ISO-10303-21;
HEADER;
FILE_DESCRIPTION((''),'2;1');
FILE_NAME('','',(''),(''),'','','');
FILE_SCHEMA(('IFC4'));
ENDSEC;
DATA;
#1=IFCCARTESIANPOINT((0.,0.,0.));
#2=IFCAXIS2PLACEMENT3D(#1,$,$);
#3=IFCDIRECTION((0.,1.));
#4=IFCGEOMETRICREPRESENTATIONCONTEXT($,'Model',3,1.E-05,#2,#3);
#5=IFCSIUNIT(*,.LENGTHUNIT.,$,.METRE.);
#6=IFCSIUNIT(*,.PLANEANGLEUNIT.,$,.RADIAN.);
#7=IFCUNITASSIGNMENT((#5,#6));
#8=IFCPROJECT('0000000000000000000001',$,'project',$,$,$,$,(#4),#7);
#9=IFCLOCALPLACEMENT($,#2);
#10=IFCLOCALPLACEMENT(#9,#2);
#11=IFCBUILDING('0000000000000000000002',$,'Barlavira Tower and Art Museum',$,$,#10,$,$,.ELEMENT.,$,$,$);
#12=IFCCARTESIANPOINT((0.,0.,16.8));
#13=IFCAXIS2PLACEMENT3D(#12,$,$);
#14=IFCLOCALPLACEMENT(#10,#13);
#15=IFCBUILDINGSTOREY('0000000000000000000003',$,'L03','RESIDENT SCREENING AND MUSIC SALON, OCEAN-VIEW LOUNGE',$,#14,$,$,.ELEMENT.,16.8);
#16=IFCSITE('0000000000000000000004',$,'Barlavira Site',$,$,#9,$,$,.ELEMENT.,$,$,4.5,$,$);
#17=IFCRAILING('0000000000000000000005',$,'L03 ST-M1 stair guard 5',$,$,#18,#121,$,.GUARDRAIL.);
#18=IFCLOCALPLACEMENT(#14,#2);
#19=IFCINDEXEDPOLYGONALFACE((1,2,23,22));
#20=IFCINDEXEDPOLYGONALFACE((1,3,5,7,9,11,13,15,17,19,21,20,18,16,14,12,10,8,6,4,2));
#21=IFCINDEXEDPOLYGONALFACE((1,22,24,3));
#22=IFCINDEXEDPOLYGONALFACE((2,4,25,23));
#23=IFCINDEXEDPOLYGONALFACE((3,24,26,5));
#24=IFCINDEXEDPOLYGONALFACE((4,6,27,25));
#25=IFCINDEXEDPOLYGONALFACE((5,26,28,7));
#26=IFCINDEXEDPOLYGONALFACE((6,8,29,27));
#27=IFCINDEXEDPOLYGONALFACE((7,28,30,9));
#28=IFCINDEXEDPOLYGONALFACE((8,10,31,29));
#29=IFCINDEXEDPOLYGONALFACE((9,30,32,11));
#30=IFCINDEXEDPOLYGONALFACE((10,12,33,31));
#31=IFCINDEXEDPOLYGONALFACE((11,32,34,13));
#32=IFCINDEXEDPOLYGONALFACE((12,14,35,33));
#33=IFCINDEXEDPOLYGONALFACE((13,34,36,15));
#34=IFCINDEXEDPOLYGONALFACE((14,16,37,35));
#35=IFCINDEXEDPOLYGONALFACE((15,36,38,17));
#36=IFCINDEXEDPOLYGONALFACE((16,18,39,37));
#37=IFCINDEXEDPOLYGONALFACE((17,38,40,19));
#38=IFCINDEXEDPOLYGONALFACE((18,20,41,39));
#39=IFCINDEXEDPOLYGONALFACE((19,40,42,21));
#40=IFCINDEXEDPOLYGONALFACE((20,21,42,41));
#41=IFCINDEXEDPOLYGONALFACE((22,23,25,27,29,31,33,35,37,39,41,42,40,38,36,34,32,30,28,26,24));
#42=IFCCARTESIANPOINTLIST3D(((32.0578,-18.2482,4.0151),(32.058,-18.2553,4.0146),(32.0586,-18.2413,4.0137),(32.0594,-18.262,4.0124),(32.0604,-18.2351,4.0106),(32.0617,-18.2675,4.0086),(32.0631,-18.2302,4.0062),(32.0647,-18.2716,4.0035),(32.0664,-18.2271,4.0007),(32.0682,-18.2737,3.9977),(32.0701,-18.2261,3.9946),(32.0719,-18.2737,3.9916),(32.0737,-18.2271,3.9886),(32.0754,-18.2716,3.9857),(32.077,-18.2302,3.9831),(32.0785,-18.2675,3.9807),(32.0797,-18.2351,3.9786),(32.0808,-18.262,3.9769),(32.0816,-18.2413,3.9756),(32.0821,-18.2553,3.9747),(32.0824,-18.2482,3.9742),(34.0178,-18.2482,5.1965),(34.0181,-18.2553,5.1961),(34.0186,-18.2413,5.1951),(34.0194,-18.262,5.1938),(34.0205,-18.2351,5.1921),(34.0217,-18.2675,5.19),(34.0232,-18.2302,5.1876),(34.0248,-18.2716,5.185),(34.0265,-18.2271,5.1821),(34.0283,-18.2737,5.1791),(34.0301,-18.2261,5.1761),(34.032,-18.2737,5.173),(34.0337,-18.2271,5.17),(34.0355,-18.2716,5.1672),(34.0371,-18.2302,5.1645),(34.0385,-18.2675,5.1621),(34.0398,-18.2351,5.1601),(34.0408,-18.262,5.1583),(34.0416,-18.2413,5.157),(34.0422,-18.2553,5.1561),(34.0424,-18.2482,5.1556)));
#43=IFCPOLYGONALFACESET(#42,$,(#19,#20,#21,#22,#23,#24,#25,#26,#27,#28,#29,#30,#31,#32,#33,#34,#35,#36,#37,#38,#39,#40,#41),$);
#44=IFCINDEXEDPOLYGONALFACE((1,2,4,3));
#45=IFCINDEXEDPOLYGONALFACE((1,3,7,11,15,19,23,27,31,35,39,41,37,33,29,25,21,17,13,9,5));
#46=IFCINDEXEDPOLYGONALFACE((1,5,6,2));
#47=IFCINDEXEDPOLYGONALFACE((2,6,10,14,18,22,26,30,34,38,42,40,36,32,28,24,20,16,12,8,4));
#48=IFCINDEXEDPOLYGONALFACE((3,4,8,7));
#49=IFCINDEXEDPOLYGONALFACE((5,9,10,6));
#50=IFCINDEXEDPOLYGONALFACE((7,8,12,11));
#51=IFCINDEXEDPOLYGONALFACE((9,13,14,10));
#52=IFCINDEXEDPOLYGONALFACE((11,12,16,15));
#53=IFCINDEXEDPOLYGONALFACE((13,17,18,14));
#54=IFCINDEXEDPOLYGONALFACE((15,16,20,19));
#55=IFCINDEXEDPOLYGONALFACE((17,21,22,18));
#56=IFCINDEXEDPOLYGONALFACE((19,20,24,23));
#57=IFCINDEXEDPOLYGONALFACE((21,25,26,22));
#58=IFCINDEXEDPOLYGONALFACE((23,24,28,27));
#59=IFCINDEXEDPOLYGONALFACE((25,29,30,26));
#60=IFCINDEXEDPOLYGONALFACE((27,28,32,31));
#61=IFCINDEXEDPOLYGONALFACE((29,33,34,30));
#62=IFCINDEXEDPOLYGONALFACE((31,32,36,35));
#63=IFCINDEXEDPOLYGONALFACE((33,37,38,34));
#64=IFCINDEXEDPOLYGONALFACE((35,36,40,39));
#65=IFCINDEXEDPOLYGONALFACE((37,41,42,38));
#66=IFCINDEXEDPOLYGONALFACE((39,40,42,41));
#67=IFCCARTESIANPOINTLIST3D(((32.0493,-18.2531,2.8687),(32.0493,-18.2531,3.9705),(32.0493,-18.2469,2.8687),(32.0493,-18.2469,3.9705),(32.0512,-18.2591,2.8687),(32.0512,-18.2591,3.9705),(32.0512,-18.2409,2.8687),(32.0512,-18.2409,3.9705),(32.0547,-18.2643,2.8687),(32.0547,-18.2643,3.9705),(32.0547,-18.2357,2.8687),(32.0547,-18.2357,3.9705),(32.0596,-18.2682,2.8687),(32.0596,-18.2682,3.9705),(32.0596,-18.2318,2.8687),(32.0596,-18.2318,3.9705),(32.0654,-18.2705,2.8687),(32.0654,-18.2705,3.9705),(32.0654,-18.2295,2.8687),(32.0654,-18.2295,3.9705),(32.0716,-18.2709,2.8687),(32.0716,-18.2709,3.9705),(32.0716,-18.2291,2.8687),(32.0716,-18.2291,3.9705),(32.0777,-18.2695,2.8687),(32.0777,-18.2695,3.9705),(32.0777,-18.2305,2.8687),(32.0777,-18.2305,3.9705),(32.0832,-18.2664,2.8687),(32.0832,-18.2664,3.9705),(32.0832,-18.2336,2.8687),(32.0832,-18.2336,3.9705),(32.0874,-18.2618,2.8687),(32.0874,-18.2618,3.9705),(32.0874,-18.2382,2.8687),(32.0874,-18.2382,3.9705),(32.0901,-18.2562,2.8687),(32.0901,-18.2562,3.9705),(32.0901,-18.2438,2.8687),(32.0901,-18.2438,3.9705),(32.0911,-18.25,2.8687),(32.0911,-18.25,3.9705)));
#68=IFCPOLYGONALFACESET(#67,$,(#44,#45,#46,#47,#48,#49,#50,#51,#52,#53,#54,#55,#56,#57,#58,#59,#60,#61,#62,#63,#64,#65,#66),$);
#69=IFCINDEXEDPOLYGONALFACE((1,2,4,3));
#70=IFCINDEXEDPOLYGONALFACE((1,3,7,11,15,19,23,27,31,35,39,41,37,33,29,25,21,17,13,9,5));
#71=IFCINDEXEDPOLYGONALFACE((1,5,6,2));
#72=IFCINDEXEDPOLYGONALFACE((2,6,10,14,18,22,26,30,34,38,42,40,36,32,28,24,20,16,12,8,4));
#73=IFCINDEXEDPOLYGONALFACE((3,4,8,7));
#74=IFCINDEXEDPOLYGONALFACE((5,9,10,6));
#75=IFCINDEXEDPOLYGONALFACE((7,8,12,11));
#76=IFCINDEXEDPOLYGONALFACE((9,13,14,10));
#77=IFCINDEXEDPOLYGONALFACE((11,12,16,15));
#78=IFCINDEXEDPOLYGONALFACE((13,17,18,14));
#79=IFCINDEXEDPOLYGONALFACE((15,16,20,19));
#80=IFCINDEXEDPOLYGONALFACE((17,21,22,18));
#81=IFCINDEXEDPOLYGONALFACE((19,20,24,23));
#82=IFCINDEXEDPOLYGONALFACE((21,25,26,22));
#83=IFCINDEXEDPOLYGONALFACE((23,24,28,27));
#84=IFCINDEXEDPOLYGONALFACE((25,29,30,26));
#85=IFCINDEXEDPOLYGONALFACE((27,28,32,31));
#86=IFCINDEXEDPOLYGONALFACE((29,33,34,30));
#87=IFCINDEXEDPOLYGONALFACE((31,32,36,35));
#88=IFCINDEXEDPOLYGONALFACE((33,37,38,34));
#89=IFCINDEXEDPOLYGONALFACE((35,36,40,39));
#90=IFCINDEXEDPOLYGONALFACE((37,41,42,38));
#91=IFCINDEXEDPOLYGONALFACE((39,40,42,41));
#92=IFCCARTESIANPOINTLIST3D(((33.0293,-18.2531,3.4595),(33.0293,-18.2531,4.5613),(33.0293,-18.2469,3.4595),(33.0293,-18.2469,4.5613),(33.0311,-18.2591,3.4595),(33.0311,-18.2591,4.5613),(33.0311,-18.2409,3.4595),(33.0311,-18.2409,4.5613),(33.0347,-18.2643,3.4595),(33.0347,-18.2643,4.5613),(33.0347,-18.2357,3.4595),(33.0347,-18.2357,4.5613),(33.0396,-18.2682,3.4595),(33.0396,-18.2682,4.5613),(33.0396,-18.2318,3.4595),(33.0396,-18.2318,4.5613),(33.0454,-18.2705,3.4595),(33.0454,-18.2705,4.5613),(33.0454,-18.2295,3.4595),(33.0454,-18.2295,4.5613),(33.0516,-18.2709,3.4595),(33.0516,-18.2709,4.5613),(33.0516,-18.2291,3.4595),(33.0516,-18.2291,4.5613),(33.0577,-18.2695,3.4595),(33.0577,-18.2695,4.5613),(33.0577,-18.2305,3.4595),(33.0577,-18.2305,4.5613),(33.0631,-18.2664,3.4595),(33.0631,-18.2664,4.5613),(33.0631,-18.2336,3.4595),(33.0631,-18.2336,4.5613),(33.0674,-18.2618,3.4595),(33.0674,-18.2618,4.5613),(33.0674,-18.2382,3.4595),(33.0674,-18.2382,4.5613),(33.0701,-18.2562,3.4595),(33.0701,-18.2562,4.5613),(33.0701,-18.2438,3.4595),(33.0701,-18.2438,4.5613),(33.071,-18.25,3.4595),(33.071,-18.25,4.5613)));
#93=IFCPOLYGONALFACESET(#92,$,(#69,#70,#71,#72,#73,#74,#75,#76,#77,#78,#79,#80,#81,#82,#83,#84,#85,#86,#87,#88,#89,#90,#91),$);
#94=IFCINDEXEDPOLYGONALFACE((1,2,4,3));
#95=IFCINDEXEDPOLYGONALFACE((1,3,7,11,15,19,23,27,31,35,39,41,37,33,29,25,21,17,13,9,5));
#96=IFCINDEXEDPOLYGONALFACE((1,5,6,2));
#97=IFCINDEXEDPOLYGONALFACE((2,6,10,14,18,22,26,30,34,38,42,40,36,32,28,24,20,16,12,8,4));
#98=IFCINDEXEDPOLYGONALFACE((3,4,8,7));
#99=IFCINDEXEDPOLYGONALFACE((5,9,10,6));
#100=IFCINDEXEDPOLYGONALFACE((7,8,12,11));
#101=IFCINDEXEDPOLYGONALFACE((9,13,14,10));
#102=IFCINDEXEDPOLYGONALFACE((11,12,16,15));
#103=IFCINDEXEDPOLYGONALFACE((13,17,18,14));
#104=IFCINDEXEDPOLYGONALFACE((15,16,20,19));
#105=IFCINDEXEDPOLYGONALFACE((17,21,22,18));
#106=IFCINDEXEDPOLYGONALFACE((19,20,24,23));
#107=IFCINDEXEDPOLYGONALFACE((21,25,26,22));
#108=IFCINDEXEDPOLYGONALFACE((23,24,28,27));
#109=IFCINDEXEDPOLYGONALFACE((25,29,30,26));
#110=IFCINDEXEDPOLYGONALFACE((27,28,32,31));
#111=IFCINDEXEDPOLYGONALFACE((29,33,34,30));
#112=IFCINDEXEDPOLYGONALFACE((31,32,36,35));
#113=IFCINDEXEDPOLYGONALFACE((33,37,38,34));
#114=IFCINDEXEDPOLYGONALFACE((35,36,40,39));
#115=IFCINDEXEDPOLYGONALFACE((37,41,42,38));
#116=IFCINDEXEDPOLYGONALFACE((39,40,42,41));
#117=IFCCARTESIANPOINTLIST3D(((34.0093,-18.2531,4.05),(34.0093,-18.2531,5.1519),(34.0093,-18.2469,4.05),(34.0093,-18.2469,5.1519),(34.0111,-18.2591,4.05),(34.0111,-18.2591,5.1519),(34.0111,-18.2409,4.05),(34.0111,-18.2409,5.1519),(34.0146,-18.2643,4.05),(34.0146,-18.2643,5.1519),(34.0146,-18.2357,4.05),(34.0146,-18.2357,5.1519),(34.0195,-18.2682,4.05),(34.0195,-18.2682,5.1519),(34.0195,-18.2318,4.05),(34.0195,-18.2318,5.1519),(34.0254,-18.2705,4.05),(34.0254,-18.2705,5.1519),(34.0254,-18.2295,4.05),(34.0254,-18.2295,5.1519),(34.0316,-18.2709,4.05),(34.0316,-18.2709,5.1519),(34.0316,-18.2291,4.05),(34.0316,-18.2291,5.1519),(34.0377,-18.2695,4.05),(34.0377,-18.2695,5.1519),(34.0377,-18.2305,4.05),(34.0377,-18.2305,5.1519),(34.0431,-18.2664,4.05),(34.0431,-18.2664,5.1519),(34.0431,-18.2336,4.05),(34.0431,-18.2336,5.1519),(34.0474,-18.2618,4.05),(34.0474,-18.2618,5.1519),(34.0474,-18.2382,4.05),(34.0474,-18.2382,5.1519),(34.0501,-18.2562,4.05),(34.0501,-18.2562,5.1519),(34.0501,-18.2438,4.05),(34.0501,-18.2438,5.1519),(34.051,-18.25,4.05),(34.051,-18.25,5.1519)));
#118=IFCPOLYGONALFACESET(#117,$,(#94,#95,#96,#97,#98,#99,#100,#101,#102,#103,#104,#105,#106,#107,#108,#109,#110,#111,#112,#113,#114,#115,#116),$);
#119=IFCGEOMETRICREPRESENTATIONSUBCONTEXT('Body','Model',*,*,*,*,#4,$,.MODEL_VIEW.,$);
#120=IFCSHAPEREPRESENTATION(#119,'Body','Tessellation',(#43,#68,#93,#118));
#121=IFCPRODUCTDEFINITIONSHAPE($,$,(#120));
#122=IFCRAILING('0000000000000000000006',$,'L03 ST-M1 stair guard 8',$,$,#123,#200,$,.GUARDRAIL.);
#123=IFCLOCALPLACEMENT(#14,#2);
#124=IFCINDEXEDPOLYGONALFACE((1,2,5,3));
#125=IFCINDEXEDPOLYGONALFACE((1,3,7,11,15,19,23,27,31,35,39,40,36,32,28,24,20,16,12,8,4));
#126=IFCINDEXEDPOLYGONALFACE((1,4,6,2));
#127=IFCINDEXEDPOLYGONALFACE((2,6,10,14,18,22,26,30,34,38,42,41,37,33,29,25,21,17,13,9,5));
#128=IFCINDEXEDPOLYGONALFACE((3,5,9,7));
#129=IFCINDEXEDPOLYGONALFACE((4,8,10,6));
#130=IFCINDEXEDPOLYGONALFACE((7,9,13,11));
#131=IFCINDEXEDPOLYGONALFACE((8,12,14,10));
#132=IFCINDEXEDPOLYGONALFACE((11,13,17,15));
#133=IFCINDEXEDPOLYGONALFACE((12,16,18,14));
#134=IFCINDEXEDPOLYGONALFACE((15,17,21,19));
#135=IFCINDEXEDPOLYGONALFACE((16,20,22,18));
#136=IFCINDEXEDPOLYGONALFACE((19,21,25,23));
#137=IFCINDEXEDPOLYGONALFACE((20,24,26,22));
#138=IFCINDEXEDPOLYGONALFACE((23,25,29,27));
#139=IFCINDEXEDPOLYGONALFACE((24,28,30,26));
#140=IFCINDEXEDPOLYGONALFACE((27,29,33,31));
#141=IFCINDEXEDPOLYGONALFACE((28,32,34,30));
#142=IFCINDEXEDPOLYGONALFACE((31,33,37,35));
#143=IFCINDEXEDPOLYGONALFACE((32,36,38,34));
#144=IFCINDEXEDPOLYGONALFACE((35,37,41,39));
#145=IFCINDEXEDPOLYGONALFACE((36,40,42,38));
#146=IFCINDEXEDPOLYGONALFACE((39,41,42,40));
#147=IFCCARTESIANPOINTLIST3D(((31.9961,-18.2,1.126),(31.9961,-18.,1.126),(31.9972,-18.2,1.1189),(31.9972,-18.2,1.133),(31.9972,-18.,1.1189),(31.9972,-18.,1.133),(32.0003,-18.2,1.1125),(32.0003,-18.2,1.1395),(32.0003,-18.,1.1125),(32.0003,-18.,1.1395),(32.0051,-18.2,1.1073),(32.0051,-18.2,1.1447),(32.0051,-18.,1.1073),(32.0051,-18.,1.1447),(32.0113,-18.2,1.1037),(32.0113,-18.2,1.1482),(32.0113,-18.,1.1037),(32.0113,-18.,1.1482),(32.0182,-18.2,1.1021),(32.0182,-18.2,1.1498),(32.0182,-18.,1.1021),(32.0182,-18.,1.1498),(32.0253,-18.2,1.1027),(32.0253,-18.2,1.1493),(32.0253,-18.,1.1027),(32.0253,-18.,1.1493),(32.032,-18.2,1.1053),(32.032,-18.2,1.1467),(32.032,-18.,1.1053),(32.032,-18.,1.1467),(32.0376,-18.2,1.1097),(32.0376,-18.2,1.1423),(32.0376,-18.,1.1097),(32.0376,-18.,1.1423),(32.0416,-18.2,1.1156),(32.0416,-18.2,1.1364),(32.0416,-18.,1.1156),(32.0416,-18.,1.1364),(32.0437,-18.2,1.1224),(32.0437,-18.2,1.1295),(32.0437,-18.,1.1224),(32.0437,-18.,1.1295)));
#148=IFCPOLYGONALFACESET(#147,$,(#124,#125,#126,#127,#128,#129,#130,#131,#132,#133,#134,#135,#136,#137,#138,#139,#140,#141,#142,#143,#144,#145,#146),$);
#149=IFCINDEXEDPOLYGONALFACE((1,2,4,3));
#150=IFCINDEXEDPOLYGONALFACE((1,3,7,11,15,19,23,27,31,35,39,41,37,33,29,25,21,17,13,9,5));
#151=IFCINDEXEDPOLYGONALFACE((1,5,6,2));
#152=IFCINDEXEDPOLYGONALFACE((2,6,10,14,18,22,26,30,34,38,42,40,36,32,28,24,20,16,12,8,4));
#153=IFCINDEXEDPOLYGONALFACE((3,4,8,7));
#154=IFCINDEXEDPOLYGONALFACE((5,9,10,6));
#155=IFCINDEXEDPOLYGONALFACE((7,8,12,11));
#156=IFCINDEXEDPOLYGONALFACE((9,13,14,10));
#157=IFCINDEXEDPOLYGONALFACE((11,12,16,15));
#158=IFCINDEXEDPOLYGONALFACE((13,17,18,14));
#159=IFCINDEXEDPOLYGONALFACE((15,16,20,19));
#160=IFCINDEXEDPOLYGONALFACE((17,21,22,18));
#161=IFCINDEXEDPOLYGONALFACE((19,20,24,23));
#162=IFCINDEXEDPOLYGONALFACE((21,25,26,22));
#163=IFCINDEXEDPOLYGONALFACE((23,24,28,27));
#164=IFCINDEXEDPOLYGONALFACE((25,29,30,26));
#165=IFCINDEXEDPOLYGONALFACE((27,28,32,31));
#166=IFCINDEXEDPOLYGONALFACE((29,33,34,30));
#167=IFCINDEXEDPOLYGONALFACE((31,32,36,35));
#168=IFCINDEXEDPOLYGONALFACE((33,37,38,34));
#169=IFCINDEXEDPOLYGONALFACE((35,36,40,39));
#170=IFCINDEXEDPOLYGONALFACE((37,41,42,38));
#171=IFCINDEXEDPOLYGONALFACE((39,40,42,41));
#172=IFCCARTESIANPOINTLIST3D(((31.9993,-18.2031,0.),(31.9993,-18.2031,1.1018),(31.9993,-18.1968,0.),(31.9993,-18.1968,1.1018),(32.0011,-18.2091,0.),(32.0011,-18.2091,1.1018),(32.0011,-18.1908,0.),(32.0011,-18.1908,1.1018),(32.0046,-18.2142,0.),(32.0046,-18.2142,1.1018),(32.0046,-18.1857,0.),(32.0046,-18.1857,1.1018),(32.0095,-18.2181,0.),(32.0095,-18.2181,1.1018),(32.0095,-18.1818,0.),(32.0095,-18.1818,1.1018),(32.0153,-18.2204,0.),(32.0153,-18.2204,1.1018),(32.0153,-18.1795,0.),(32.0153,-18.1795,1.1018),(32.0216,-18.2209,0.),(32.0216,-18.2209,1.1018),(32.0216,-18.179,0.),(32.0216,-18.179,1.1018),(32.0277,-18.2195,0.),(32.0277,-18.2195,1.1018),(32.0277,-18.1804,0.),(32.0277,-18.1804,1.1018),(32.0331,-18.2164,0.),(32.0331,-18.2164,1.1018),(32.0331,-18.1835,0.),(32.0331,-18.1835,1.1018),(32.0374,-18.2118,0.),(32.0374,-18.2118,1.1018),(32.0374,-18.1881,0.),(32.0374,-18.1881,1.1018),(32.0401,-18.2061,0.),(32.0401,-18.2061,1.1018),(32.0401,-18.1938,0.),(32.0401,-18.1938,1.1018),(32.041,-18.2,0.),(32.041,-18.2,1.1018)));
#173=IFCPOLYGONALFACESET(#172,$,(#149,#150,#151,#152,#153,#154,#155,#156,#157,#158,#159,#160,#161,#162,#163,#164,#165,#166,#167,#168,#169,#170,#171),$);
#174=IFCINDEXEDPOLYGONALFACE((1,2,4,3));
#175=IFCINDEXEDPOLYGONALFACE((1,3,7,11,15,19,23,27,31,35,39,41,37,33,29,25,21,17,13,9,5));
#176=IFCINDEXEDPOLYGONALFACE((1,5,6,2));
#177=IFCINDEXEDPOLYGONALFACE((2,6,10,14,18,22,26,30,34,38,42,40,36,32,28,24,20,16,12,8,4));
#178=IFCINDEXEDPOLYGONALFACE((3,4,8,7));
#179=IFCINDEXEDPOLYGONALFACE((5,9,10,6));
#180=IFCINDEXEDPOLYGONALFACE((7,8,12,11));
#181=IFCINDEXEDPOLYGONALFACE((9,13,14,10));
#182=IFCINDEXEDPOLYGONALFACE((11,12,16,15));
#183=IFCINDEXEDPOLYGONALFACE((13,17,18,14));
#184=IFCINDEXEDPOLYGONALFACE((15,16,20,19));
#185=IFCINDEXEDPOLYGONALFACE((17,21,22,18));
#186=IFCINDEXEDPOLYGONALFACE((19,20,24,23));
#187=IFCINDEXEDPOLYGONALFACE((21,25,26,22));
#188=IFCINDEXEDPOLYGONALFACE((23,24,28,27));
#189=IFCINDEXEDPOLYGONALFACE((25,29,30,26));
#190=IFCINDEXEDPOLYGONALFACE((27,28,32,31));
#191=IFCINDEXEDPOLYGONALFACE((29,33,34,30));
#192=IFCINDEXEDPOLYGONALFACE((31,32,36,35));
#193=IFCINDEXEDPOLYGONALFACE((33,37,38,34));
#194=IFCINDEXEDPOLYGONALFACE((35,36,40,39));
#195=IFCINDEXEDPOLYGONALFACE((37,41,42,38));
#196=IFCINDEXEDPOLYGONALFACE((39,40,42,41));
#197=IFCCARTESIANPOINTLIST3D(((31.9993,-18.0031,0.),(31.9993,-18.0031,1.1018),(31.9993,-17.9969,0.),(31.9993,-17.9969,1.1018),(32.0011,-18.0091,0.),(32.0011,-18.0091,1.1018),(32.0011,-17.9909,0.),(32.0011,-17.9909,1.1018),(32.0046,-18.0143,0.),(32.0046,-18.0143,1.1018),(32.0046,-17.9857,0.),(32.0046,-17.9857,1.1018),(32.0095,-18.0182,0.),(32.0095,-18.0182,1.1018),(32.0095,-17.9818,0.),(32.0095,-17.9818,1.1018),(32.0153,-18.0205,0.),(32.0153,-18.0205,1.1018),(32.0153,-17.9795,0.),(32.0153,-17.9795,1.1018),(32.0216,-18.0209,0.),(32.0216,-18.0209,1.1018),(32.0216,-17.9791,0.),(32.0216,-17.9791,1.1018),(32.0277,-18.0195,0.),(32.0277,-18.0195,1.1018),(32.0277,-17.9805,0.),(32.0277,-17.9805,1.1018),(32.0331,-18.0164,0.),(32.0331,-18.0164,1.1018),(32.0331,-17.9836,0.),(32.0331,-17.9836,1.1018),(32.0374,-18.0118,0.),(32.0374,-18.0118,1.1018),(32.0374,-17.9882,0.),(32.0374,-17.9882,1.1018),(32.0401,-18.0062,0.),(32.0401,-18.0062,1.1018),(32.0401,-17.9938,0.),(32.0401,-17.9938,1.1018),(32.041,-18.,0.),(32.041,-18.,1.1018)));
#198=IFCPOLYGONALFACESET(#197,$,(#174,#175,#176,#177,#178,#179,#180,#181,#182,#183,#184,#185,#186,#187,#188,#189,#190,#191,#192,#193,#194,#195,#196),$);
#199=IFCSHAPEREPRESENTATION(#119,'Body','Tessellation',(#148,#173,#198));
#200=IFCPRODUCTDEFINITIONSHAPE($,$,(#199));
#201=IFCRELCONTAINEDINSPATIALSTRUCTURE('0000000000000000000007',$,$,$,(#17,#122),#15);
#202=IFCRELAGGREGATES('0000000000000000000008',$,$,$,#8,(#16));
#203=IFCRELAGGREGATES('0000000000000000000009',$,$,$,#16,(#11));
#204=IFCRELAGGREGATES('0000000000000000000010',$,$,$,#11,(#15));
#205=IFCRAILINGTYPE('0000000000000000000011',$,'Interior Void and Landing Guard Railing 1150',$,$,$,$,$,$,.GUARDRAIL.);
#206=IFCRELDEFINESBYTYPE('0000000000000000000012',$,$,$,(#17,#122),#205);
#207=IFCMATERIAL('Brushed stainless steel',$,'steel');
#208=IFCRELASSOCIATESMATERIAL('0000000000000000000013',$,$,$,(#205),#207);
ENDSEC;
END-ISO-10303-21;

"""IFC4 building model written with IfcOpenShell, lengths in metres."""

from ifc_helpers import new_model, si_unit, direction, frame, origin, origin_2d, place, context, subcontext, project, spatial, circle, extrude, material, type_object, element, save


model = new_model("IFC4")

# Units and contexts
model_context = context("Model", 3, precision=1e-05, world=origin(), true_north=direction((0.0, 1.0)))
body_context = subcontext(model_context, "Body", "Model", "MODEL_VIEW")
ifc_project = project(units=[si_unit("LENGTHUNIT", "METRE"), si_unit("PLANEANGLEUNIT", "RADIAN")], contexts=[model_context])

# Site, building, storey
site_placement = place(None, origin())
site = spatial("IfcSite", under=ifc_project, at=site_placement, Name="Barlavira Site", CompositionType="ELEMENT", RefElevation=4.5)
building_placement = place(site_placement, origin())
building = spatial("IfcBuilding", under=site, at=building_placement, Name="Barlavira Tower and Art Museum", CompositionType="ELEMENT")
storey_placement = place(building_placement, frame((0.0, 0.0, 16.8)))
storey = spatial("IfcBuildingStorey", under=building, at=storey_placement, Name="L03", Description="RESIDENT SCREENING AND MUSIC SALON, OCEAN-VIEW LOUNGE", CompositionType="ELEMENT", Elevation=16.8)

# Shared definitions
ifc_material_1 = material(Name="Brushed stainless steel", Category="steel")

# Railings
railing_type_1 = type_object("IfcRailingType", Name="Interior Void and Landing Guard Railing 1150", PredefinedType="GUARDRAIL", material=ifc_material_1)
railing_1_placement = place(storey_placement, frame((32.0701, -18.25, 2.8687)))
element("IfcRailing", 1, at=railing_1_placement, inside=storey, type_object=railing_type_1, Name="L03 ST-M1 stair guard 5", PredefinedType="GUARDRAIL", context=body_context, shape_type="SweptSolid", body=[
    extrude(circle(Radius=0.0239, at=origin_2d()), frame((0.0, 0.0, 1.126), z_axis=(0.856446, 0.0, 0.516236), x_axis=(0.0, 1.0, 0.0)), (0.0, 0.0, 1.0), 2.2886),
    extrude(circle(Radius=0.021, at=origin_2d()), origin(), (0.0, 0.0, 1.0), 1.1018),
    extrude(circle(Radius=0.021, at=origin_2d()), frame((0.98, 0.0, 0.5908)), (0.0, 0.0, 1.0), 1.1018),
    extrude(circle(Radius=0.021, at=origin_2d()), frame((1.96, 0.0, 1.1814)), (0.0, 0.0, 1.0), 1.1018),
])
railing_2_placement = place(storey_placement, frame((32.02, -18.2, 0.0)))
element("IfcRailing", 2, at=railing_2_placement, inside=storey, type_object=railing_type_1, Name="L03 ST-M1 stair guard 8", PredefinedType="GUARDRAIL", context=body_context, shape_type="SweptSolid", body=[
    extrude(circle(Radius=0.0239, at=origin_2d()), frame((0.0, 0.0, 1.126), z_axis=(0.0, 1.0, 0.0), x_axis=(-1.0, 0.0, 0.0)), (0.0, 0.0, 1.0), 0.2),
    extrude(circle(Radius=0.021, at=origin_2d()), origin(), (0.0, 0.0, 1.0), 1.1018),
    extrude(circle(Radius=0.021, at=origin_2d()), frame((0.0, 0.2, 0.0)), (0.0, 0.0, 1.0), 1.1018),
])

save(model, "model.ifc")
